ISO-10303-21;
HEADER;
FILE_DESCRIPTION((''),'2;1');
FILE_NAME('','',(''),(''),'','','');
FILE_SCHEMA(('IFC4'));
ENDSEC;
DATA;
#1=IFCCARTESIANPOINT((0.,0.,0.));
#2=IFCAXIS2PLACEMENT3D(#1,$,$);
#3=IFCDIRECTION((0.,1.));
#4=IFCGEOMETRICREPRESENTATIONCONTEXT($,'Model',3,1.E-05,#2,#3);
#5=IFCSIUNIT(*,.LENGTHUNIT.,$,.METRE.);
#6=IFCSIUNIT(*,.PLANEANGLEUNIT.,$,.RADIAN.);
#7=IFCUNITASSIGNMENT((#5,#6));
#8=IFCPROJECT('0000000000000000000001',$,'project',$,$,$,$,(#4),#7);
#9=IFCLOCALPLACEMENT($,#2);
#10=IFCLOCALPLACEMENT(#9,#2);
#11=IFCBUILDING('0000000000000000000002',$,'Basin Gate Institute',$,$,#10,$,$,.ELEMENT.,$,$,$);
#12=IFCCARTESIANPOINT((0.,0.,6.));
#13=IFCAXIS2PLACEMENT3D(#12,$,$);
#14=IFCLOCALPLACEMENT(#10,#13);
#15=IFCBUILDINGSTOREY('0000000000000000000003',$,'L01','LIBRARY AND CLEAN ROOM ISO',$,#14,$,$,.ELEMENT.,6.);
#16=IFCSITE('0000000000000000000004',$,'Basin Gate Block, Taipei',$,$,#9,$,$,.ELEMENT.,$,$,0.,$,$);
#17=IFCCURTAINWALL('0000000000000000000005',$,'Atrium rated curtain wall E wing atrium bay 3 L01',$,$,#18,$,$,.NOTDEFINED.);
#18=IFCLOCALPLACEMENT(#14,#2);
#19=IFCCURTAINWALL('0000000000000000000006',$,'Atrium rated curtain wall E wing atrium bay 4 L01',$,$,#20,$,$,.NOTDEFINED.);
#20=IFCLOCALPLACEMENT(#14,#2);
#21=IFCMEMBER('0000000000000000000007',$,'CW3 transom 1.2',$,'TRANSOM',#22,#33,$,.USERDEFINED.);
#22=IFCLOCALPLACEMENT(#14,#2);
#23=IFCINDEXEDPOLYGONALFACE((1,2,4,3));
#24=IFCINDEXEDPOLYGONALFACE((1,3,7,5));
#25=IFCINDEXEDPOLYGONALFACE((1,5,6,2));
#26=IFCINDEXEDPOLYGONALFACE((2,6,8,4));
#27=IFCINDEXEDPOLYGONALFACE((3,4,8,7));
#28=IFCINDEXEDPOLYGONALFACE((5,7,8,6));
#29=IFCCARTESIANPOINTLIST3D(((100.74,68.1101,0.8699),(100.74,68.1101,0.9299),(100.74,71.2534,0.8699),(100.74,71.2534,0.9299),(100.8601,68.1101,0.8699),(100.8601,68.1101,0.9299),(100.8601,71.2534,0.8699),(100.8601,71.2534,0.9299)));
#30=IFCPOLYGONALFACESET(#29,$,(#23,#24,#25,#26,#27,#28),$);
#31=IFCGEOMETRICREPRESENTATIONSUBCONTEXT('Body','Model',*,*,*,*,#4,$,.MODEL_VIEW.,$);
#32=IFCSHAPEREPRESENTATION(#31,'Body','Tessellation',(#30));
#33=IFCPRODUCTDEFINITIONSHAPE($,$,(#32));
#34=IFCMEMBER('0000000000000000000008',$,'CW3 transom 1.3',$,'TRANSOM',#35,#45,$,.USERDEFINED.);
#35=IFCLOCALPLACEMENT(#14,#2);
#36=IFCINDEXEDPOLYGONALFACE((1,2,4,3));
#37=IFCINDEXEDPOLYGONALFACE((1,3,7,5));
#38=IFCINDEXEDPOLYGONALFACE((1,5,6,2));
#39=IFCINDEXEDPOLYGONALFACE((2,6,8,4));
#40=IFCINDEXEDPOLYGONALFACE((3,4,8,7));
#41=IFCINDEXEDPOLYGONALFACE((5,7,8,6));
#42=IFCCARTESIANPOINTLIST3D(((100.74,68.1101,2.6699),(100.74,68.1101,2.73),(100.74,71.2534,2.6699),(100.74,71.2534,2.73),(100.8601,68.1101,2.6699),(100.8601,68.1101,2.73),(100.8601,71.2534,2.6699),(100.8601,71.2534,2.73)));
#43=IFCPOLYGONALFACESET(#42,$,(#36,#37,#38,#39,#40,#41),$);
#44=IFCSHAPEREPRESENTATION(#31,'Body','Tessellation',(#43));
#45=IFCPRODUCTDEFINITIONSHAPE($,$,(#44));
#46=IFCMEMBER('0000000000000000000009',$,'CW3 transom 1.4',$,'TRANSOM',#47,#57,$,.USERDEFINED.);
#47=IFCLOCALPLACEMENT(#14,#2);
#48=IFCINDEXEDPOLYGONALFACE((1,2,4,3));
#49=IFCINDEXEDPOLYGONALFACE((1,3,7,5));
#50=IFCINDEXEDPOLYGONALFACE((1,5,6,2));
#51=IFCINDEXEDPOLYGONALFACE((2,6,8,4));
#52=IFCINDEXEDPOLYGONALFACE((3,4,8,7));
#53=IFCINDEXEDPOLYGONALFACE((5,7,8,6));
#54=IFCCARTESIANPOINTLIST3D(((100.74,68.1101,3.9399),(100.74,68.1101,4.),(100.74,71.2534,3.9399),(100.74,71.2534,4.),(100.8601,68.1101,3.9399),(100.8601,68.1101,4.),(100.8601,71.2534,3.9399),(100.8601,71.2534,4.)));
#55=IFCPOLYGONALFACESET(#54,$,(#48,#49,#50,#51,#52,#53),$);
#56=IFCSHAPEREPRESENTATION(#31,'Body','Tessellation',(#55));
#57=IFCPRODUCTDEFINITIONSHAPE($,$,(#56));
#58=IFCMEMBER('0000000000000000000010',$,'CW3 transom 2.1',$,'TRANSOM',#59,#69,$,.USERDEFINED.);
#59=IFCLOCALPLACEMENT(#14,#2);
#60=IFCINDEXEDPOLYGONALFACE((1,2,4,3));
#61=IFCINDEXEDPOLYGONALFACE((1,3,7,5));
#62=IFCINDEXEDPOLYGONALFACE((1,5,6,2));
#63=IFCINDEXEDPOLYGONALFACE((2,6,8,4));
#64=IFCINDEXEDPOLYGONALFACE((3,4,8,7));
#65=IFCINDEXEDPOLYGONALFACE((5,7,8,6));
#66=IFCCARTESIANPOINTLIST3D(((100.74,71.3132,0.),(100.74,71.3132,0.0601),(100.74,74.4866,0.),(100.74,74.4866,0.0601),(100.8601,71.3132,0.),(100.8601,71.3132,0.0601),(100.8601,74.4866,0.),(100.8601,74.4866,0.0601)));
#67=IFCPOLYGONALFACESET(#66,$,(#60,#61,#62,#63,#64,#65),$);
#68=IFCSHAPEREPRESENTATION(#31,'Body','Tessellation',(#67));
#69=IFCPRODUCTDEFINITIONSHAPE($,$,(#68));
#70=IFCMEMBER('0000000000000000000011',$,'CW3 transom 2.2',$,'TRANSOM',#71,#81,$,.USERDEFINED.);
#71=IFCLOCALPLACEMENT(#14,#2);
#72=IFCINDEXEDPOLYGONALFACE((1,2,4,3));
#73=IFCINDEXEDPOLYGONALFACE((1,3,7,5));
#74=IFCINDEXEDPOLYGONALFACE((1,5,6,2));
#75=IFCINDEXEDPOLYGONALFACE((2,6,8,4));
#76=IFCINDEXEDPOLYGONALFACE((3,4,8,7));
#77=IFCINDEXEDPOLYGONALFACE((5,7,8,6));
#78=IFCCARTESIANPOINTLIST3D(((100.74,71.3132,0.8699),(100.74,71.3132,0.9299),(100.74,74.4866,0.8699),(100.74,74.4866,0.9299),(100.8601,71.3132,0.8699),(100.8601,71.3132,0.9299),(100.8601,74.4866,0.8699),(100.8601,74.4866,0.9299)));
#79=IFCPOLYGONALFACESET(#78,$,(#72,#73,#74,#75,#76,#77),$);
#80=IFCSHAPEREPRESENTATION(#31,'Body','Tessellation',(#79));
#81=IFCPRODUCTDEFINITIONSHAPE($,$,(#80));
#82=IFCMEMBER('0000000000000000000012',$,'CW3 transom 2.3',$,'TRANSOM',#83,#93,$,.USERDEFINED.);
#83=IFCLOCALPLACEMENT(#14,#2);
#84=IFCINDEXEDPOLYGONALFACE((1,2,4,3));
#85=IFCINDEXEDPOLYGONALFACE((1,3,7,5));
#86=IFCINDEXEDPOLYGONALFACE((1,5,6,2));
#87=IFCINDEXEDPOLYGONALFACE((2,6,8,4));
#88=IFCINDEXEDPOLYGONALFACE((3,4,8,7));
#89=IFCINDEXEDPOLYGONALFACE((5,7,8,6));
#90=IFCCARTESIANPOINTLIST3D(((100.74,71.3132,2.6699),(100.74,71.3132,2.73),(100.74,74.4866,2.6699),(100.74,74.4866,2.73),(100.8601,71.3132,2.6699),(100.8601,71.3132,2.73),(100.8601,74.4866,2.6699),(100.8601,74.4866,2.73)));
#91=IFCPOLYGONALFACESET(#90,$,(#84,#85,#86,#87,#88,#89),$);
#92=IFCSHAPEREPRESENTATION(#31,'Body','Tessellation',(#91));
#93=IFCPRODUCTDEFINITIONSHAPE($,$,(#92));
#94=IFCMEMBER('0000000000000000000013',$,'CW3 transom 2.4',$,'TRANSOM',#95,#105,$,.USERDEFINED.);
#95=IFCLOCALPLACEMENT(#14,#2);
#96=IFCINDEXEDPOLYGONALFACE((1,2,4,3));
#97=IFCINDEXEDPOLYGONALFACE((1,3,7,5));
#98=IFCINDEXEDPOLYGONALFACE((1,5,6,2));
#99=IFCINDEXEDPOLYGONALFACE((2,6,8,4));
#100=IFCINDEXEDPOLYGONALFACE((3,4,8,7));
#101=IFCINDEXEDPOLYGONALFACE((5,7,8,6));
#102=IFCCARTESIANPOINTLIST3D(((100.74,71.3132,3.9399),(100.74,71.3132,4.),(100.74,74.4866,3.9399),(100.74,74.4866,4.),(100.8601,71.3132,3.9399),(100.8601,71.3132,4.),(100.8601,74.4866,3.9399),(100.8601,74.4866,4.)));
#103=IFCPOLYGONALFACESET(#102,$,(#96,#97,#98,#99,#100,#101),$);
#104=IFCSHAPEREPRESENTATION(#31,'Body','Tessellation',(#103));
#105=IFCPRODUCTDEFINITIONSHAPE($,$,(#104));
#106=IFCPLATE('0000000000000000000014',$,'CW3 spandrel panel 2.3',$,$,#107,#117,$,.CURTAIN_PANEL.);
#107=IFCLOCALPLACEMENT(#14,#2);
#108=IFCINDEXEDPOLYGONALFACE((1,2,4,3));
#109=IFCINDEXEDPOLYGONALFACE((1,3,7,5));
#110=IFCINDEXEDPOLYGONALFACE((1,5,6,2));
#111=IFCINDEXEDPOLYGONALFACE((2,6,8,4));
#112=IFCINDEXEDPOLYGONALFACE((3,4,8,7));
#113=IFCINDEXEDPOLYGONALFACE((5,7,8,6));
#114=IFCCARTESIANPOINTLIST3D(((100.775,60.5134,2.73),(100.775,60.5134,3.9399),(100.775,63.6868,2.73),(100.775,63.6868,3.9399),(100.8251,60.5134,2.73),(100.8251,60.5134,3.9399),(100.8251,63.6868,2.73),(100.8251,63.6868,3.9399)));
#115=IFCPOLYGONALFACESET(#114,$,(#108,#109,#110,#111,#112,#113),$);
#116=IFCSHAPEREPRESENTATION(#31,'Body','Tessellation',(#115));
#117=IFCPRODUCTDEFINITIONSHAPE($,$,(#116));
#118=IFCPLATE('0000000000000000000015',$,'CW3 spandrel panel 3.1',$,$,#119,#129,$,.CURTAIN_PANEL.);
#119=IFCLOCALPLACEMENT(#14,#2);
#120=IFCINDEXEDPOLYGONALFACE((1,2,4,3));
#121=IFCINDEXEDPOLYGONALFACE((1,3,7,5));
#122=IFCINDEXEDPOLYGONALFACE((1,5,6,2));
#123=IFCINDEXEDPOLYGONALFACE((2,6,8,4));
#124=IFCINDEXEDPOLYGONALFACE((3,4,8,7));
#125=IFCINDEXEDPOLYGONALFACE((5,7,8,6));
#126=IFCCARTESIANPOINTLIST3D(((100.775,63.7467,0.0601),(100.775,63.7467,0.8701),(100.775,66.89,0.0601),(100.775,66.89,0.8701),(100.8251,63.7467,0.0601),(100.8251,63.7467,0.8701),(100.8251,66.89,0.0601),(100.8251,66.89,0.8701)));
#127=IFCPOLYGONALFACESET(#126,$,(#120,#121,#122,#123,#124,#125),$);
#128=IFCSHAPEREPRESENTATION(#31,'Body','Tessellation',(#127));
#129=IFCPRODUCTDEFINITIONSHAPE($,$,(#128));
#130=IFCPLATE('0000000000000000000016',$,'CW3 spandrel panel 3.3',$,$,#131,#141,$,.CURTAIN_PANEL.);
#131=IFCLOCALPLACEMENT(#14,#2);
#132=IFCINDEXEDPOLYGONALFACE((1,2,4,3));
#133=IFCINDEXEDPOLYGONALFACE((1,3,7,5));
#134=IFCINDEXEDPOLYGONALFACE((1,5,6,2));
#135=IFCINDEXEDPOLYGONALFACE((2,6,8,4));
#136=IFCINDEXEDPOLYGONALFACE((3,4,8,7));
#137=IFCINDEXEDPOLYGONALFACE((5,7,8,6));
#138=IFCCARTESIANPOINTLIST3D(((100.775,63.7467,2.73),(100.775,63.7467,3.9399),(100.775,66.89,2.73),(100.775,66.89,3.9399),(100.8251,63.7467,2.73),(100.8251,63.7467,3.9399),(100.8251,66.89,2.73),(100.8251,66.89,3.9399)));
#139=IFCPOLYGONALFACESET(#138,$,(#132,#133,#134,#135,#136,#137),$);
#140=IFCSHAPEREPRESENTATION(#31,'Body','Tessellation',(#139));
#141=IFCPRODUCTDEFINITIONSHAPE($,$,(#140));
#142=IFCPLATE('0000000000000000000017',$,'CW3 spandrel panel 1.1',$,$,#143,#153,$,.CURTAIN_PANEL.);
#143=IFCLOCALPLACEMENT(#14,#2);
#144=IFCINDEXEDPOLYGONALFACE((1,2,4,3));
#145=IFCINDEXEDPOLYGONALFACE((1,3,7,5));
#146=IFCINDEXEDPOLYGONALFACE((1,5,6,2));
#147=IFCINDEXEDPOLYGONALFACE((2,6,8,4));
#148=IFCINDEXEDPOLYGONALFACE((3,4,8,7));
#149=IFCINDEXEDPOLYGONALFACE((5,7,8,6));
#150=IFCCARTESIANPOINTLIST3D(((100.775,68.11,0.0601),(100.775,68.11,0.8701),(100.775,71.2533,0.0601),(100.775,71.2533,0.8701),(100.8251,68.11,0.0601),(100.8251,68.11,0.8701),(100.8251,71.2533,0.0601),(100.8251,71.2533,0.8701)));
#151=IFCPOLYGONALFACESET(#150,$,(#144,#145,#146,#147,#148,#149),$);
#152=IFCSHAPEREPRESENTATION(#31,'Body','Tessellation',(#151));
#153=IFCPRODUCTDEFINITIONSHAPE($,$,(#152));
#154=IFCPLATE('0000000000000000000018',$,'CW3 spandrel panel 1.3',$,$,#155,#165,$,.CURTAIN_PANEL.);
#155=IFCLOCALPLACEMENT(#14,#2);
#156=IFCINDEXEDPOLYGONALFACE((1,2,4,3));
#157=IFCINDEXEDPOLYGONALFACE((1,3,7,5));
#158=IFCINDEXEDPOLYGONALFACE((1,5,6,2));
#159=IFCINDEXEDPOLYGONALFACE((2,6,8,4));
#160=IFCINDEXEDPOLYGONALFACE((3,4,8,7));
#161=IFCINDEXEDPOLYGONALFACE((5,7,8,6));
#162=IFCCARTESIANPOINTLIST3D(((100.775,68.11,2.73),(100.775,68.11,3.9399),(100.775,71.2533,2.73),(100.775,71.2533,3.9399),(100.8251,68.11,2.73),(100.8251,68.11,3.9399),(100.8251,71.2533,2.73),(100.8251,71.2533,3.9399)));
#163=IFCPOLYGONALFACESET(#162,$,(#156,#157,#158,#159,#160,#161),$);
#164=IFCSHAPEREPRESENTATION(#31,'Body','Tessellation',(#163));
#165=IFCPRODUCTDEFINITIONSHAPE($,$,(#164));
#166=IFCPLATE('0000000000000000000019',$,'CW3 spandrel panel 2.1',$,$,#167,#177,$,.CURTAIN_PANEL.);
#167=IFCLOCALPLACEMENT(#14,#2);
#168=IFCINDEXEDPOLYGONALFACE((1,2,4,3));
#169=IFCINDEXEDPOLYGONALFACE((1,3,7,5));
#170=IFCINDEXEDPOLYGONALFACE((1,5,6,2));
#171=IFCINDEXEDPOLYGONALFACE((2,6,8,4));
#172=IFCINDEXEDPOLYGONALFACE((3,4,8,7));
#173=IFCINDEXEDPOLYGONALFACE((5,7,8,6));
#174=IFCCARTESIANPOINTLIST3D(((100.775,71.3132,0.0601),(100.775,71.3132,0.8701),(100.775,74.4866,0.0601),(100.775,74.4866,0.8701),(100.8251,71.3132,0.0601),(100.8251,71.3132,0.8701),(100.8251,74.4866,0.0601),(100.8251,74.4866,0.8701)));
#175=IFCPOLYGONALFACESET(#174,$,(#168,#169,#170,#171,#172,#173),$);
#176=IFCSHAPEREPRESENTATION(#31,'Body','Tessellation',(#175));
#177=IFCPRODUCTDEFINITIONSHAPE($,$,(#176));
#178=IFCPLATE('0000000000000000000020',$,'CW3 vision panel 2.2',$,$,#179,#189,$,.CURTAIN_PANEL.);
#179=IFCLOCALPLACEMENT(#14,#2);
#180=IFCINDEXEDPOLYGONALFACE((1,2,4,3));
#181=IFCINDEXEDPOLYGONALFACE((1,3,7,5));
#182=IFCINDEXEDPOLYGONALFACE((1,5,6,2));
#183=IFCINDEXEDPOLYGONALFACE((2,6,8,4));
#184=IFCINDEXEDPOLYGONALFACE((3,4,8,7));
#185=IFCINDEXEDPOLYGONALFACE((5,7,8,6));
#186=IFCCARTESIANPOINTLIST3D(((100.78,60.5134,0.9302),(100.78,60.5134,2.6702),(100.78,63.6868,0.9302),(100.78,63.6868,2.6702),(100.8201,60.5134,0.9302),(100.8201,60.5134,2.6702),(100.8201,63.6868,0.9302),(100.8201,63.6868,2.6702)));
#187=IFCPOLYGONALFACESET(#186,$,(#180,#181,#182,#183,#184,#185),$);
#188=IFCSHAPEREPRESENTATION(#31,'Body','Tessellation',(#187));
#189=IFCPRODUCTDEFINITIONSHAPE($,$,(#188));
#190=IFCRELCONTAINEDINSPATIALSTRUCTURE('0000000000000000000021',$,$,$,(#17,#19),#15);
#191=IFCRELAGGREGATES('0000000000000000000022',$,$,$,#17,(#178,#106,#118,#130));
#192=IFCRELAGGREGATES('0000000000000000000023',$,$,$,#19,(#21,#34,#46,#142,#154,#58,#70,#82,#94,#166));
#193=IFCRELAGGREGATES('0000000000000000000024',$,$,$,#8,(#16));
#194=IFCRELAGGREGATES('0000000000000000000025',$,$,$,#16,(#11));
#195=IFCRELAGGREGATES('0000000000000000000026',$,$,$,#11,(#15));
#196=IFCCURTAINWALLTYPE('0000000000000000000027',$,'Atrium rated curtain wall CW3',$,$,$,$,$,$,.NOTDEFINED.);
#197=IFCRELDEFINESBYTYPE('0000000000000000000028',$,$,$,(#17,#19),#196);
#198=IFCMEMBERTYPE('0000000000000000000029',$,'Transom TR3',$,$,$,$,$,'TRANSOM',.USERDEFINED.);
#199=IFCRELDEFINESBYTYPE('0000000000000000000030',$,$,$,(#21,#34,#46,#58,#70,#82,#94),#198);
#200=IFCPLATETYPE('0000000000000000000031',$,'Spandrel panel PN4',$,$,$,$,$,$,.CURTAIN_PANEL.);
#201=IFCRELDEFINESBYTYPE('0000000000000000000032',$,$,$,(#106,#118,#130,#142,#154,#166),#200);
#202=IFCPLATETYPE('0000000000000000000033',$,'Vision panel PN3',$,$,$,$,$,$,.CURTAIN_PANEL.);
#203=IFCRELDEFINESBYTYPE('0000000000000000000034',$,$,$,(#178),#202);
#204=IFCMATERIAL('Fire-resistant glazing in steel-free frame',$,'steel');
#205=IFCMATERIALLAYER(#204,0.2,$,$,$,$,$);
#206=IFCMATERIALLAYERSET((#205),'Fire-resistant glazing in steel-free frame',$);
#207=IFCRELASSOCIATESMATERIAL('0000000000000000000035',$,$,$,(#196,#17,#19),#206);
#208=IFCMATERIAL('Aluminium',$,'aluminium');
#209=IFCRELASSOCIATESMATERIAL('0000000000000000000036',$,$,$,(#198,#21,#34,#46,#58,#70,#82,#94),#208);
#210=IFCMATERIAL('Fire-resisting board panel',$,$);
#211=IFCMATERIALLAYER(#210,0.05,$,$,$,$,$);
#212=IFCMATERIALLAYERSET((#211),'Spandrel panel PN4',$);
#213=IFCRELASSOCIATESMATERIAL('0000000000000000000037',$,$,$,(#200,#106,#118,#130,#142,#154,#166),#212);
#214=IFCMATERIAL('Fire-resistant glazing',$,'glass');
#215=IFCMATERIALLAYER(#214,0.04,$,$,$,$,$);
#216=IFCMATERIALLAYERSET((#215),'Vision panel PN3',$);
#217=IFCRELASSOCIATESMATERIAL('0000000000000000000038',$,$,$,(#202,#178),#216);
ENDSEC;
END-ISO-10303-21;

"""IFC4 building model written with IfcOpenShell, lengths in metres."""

from ifc_helpers import new_model, si_unit, direction, frame, origin, origin_2d, place, context, subcontext, project, spatial, rectangle, extrude, material, layer, layer_set, material_profile, profile_set, type_object, element, aggregate, save


model = new_model("IFC4")

# Units and contexts
model_context = context("Model", 3, precision=1e-05, world=origin(), true_north=direction((0.0, 1.0)))
body_context = subcontext(model_context, "Body", "Model", "MODEL_VIEW")
ifc_project = project(units=[si_unit("LENGTHUNIT", "METRE"), si_unit("PLANEANGLEUNIT", "RADIAN")], contexts=[model_context])

# Site, building, storey
site_placement = place(None, origin())
site = spatial("IfcSite", under=ifc_project, at=site_placement, Name="Basin Gate Block, Taipei", CompositionType="ELEMENT", RefElevation=0.0)
building_placement = place(site_placement, origin())
building = spatial("IfcBuilding", under=site, at=building_placement, Name="Basin Gate Institute", CompositionType="ELEMENT")
storey_placement = place(building_placement, frame((0.0, 0.0, 6.0)))
storey = spatial("IfcBuildingStorey", under=building, at=storey_placement, Name="L01", Description="LIBRARY AND CLEAN ROOM ISO", CompositionType="ELEMENT", Elevation=6.0)

# Curtain walls
ifc_material_1 = material(Name="Fire-resistant glazing in steel-free frame", Category="steel")
ifc_layer_1 = layer(ifc_material_1, 0.2)
ifc_layer_set_1 = layer_set([ifc_layer_1], Name="Fire-resistant glazing in steel-free frame")
curtain_wall_type = type_object("IfcCurtainWallType", Name="Atrium rated curtain wall CW3", PredefinedType="NOTDEFINED", material=ifc_layer_set_1)
curtain_wall_1_placement = place(storey_placement, origin())
curtain_wall_1 = element("IfcCurtainWall", 1, at=curtain_wall_1_placement, inside=storey, type_object=curtain_wall_type, material=ifc_layer_set_1, Name="Atrium rated curtain wall E wing atrium bay 3 L01", PredefinedType="NOTDEFINED")
curtain_wall_2_placement = place(storey_placement, origin())
curtain_wall_2 = element("IfcCurtainWall", 2, at=curtain_wall_2_placement, inside=storey, type_object=curtain_wall_type, material=ifc_layer_set_1, Name="Atrium rated curtain wall E wing atrium bay 4 L01", PredefinedType="NOTDEFINED")

# Members
ifc_material_2 = material(Name="Aluminium", Category="aluminium")
ifc_material_profile_1 = material_profile(ifc_material_2, rectangle(XDim=0.1201, YDim=0.0601, at=origin_2d()), Name="Transom TR3 120 x 60")
ifc_profile_set_1 = profile_set([ifc_material_profile_1], Name="Aluminium")
member_type_1 = type_object("IfcMemberType", Name="Transom TR3", ElementType="TRANSOM", PredefinedType="USERDEFINED", material=ifc_profile_set_1)
member_1_placement = place(storey_placement, frame((100.8, 68.1101, 0.8999), z_axis=(0.0, 1.0, 0.0), x_axis=(-1.0, 0.0, 0.0)))
member_1 = element("IfcMember", 3, at=member_1_placement, type_object=member_type_1, material=ifc_profile_set_1, Name="CW3 transom 1.2", ObjectType="TRANSOM", PredefinedType="USERDEFINED", context=body_context, shape_type="SweptSolid", body=[
    extrude(rectangle(XDim=0.1201, YDim=0.0601, at=origin_2d()), origin(), (0.0, 0.0, 1.0), 3.1433),
])
member_2_placement = place(storey_placement, frame((100.8, 68.1101, 2.7), z_axis=(0.0, 1.0, 0.0), x_axis=(-1.0, 0.0, 0.0)))
member_2 = element("IfcMember", 4, at=member_2_placement, type_object=member_type_1, material=ifc_profile_set_1, Name="CW3 transom 1.3", ObjectType="TRANSOM", PredefinedType="USERDEFINED", context=body_context, shape_type="SweptSolid", body=[
    extrude(rectangle(XDim=0.1201, YDim=0.0601, at=origin_2d()), origin(), (0.0, 0.0, 1.0), 3.1433),
])
member_3_placement = place(storey_placement, frame((100.8, 68.1101, 3.97), z_axis=(0.0, 1.0, 0.0), x_axis=(-1.0, 0.0, 0.0)))
member_3 = element("IfcMember", 5, at=member_3_placement, type_object=member_type_1, material=ifc_profile_set_1, Name="CW3 transom 1.4", ObjectType="TRANSOM", PredefinedType="USERDEFINED", context=body_context, shape_type="SweptSolid", body=[
    extrude(rectangle(XDim=0.1201, YDim=0.0601, at=origin_2d()), origin(), (0.0, 0.0, 1.0), 3.1433),
])
member_4_placement = place(storey_placement, frame((100.8, 71.3132, 0.03), z_axis=(0.0, 1.0, 0.0), x_axis=(-1.0, 0.0, 0.0)))
member_4 = element("IfcMember", 6, at=member_4_placement, type_object=member_type_1, material=ifc_profile_set_1, Name="CW3 transom 2.1", ObjectType="TRANSOM", PredefinedType="USERDEFINED", context=body_context, shape_type="SweptSolid", body=[
    extrude(rectangle(XDim=0.1201, YDim=0.0601, at=origin_2d()), origin(), (0.0, 0.0, 1.0), 3.1733),
])
member_5_placement = place(storey_placement, frame((100.8, 71.3132, 0.8999), z_axis=(0.0, 1.0, 0.0), x_axis=(-1.0, 0.0, 0.0)))
member_5 = element("IfcMember", 7, at=member_5_placement, type_object=member_type_1, material=ifc_profile_set_1, Name="CW3 transom 2.2", ObjectType="TRANSOM", PredefinedType="USERDEFINED", context=body_context, shape_type="SweptSolid", body=[
    extrude(rectangle(XDim=0.1201, YDim=0.0601, at=origin_2d()), origin(), (0.0, 0.0, 1.0), 3.1733),
])
member_6_placement = place(storey_placement, frame((100.8, 71.3132, 2.7), z_axis=(0.0, 1.0, 0.0), x_axis=(-1.0, 0.0, 0.0)))
member_6 = element("IfcMember", 8, at=member_6_placement, type_object=member_type_1, material=ifc_profile_set_1, Name="CW3 transom 2.3", ObjectType="TRANSOM", PredefinedType="USERDEFINED", context=body_context, shape_type="SweptSolid", body=[
    extrude(rectangle(XDim=0.1201, YDim=0.0601, at=origin_2d()), origin(), (0.0, 0.0, 1.0), 3.1733),
])
member_7_placement = place(storey_placement, frame((100.8, 71.3132, 3.97), z_axis=(0.0, 1.0, 0.0), x_axis=(-1.0, 0.0, 0.0)))
member_7 = element("IfcMember", 9, at=member_7_placement, type_object=member_type_1, material=ifc_profile_set_1, Name="CW3 transom 2.4", ObjectType="TRANSOM", PredefinedType="USERDEFINED", context=body_context, shape_type="SweptSolid", body=[
    extrude(rectangle(XDim=0.1201, YDim=0.0601, at=origin_2d()), origin(), (0.0, 0.0, 1.0), 3.1733),
])

# Plates
ifc_material_3 = material(Name="Fire-resisting board panel")
ifc_layer_2 = layer(ifc_material_3, 0.05)
ifc_layer_set_2 = layer_set([ifc_layer_2], Name="Spandrel panel PN4")
plate_type_1 = type_object("IfcPlateType", Name="Spandrel panel PN4", PredefinedType="CURTAIN_PANEL", material=ifc_layer_set_2)
plate_1_placement = place(storey_placement, frame((100.8, 62.1001, 2.73), z_axis=(0.0, 0.0, 1.0), x_axis=(0.0, 1.0, 0.0)))
plate_1 = element("IfcPlate", 10, at=plate_1_placement, type_object=plate_type_1, material=ifc_layer_set_2, Name="CW3 spandrel panel 2.3", PredefinedType="CURTAIN_PANEL", context=body_context, shape_type="SweptSolid", body=[
    extrude(rectangle(XDim=3.1733, YDim=0.05, at=origin_2d()), origin(), (0.0, 0.0, 1.0), 1.21),
])
plate_2_placement = place(storey_placement, frame((100.8, 65.3184, 0.0601), z_axis=(0.0, 0.0, 1.0), x_axis=(0.0, 1.0, 0.0)))
plate_2 = element("IfcPlate", 11, at=plate_2_placement, type_object=plate_type_1, material=ifc_layer_set_2, Name="CW3 spandrel panel 3.1", PredefinedType="CURTAIN_PANEL", context=body_context, shape_type="SweptSolid", body=[
    extrude(rectangle(XDim=3.1433, YDim=0.05, at=origin_2d()), origin(), (0.0, 0.0, 1.0), 0.8101),
])
plate_3_placement = place(storey_placement, frame((100.8, 65.3184, 2.73), z_axis=(0.0, 0.0, 1.0), x_axis=(0.0, 1.0, 0.0)))
plate_3 = element("IfcPlate", 12, at=plate_3_placement, type_object=plate_type_1, material=ifc_layer_set_2, Name="CW3 spandrel panel 3.3", PredefinedType="CURTAIN_PANEL", context=body_context, shape_type="SweptSolid", body=[
    extrude(rectangle(XDim=3.1433, YDim=0.05, at=origin_2d()), origin(), (0.0, 0.0, 1.0), 1.21),
])
plate_4_placement = place(storey_placement, frame((100.8, 69.6816, 0.0601), z_axis=(0.0, 0.0, 1.0), x_axis=(0.0, 1.0, 0.0)))
plate_4 = element("IfcPlate", 13, at=plate_4_placement, type_object=plate_type_1, material=ifc_layer_set_2, Name="CW3 spandrel panel 1.1", PredefinedType="CURTAIN_PANEL", context=body_context, shape_type="SweptSolid", body=[
    extrude(rectangle(XDim=3.1433, YDim=0.05, at=origin_2d()), origin(), (0.0, 0.0, 1.0), 0.8101),
])
plate_5_placement = place(storey_placement, frame((100.8, 69.6816, 2.73), z_axis=(0.0, 0.0, 1.0), x_axis=(0.0, 1.0, 0.0)))
plate_5 = element("IfcPlate", 14, at=plate_5_placement, type_object=plate_type_1, material=ifc_layer_set_2, Name="CW3 spandrel panel 1.3", PredefinedType="CURTAIN_PANEL", context=body_context, shape_type="SweptSolid", body=[
    extrude(rectangle(XDim=3.1433, YDim=0.05, at=origin_2d()), origin(), (0.0, 0.0, 1.0), 1.21),
])
plate_6_placement = place(storey_placement, frame((100.8, 72.8999, 0.0601), z_axis=(0.0, 0.0, 1.0), x_axis=(0.0, 1.0, 0.0)))
plate_6 = element("IfcPlate", 15, at=plate_6_placement, type_object=plate_type_1, material=ifc_layer_set_2, Name="CW3 spandrel panel 2.1", PredefinedType="CURTAIN_PANEL", context=body_context, shape_type="SweptSolid", body=[
    extrude(rectangle(XDim=3.1733, YDim=0.05, at=origin_2d()), origin(), (0.0, 0.0, 1.0), 0.8101),
])
ifc_material_4 = material(Name="Fire-resistant glazing", Category="glass")
ifc_layer_3 = layer(ifc_material_4, 0.04)
ifc_layer_set_3 = layer_set([ifc_layer_3], Name="Vision panel PN3")
plate_type_2 = type_object("IfcPlateType", Name="Vision panel PN3", PredefinedType="CURTAIN_PANEL", material=ifc_layer_set_3)
plate_7_placement = place(storey_placement, frame((100.8, 62.1001, 0.9302), z_axis=(0.0, 0.0, 1.0), x_axis=(0.0, 1.0, 0.0)))
plate_7 = element("IfcPlate", 16, at=plate_7_placement, type_object=plate_type_2, material=ifc_layer_set_3, Name="CW3 vision panel 2.2", PredefinedType="CURTAIN_PANEL", context=body_context, shape_type="SweptSolid", body=[
    extrude(rectangle(XDim=3.1733, YDim=0.04, at=origin_2d()), origin(), (0.0, 0.0, 1.0), 1.74),
])
aggregate(curtain_wall_1, [plate_7, plate_1, plate_2, plate_3])
aggregate(curtain_wall_2, [member_1, member_2, member_3, plate_4, plate_5, member_4, member_5, member_6, member_7, plate_6])

save(model, "model.ifc")
